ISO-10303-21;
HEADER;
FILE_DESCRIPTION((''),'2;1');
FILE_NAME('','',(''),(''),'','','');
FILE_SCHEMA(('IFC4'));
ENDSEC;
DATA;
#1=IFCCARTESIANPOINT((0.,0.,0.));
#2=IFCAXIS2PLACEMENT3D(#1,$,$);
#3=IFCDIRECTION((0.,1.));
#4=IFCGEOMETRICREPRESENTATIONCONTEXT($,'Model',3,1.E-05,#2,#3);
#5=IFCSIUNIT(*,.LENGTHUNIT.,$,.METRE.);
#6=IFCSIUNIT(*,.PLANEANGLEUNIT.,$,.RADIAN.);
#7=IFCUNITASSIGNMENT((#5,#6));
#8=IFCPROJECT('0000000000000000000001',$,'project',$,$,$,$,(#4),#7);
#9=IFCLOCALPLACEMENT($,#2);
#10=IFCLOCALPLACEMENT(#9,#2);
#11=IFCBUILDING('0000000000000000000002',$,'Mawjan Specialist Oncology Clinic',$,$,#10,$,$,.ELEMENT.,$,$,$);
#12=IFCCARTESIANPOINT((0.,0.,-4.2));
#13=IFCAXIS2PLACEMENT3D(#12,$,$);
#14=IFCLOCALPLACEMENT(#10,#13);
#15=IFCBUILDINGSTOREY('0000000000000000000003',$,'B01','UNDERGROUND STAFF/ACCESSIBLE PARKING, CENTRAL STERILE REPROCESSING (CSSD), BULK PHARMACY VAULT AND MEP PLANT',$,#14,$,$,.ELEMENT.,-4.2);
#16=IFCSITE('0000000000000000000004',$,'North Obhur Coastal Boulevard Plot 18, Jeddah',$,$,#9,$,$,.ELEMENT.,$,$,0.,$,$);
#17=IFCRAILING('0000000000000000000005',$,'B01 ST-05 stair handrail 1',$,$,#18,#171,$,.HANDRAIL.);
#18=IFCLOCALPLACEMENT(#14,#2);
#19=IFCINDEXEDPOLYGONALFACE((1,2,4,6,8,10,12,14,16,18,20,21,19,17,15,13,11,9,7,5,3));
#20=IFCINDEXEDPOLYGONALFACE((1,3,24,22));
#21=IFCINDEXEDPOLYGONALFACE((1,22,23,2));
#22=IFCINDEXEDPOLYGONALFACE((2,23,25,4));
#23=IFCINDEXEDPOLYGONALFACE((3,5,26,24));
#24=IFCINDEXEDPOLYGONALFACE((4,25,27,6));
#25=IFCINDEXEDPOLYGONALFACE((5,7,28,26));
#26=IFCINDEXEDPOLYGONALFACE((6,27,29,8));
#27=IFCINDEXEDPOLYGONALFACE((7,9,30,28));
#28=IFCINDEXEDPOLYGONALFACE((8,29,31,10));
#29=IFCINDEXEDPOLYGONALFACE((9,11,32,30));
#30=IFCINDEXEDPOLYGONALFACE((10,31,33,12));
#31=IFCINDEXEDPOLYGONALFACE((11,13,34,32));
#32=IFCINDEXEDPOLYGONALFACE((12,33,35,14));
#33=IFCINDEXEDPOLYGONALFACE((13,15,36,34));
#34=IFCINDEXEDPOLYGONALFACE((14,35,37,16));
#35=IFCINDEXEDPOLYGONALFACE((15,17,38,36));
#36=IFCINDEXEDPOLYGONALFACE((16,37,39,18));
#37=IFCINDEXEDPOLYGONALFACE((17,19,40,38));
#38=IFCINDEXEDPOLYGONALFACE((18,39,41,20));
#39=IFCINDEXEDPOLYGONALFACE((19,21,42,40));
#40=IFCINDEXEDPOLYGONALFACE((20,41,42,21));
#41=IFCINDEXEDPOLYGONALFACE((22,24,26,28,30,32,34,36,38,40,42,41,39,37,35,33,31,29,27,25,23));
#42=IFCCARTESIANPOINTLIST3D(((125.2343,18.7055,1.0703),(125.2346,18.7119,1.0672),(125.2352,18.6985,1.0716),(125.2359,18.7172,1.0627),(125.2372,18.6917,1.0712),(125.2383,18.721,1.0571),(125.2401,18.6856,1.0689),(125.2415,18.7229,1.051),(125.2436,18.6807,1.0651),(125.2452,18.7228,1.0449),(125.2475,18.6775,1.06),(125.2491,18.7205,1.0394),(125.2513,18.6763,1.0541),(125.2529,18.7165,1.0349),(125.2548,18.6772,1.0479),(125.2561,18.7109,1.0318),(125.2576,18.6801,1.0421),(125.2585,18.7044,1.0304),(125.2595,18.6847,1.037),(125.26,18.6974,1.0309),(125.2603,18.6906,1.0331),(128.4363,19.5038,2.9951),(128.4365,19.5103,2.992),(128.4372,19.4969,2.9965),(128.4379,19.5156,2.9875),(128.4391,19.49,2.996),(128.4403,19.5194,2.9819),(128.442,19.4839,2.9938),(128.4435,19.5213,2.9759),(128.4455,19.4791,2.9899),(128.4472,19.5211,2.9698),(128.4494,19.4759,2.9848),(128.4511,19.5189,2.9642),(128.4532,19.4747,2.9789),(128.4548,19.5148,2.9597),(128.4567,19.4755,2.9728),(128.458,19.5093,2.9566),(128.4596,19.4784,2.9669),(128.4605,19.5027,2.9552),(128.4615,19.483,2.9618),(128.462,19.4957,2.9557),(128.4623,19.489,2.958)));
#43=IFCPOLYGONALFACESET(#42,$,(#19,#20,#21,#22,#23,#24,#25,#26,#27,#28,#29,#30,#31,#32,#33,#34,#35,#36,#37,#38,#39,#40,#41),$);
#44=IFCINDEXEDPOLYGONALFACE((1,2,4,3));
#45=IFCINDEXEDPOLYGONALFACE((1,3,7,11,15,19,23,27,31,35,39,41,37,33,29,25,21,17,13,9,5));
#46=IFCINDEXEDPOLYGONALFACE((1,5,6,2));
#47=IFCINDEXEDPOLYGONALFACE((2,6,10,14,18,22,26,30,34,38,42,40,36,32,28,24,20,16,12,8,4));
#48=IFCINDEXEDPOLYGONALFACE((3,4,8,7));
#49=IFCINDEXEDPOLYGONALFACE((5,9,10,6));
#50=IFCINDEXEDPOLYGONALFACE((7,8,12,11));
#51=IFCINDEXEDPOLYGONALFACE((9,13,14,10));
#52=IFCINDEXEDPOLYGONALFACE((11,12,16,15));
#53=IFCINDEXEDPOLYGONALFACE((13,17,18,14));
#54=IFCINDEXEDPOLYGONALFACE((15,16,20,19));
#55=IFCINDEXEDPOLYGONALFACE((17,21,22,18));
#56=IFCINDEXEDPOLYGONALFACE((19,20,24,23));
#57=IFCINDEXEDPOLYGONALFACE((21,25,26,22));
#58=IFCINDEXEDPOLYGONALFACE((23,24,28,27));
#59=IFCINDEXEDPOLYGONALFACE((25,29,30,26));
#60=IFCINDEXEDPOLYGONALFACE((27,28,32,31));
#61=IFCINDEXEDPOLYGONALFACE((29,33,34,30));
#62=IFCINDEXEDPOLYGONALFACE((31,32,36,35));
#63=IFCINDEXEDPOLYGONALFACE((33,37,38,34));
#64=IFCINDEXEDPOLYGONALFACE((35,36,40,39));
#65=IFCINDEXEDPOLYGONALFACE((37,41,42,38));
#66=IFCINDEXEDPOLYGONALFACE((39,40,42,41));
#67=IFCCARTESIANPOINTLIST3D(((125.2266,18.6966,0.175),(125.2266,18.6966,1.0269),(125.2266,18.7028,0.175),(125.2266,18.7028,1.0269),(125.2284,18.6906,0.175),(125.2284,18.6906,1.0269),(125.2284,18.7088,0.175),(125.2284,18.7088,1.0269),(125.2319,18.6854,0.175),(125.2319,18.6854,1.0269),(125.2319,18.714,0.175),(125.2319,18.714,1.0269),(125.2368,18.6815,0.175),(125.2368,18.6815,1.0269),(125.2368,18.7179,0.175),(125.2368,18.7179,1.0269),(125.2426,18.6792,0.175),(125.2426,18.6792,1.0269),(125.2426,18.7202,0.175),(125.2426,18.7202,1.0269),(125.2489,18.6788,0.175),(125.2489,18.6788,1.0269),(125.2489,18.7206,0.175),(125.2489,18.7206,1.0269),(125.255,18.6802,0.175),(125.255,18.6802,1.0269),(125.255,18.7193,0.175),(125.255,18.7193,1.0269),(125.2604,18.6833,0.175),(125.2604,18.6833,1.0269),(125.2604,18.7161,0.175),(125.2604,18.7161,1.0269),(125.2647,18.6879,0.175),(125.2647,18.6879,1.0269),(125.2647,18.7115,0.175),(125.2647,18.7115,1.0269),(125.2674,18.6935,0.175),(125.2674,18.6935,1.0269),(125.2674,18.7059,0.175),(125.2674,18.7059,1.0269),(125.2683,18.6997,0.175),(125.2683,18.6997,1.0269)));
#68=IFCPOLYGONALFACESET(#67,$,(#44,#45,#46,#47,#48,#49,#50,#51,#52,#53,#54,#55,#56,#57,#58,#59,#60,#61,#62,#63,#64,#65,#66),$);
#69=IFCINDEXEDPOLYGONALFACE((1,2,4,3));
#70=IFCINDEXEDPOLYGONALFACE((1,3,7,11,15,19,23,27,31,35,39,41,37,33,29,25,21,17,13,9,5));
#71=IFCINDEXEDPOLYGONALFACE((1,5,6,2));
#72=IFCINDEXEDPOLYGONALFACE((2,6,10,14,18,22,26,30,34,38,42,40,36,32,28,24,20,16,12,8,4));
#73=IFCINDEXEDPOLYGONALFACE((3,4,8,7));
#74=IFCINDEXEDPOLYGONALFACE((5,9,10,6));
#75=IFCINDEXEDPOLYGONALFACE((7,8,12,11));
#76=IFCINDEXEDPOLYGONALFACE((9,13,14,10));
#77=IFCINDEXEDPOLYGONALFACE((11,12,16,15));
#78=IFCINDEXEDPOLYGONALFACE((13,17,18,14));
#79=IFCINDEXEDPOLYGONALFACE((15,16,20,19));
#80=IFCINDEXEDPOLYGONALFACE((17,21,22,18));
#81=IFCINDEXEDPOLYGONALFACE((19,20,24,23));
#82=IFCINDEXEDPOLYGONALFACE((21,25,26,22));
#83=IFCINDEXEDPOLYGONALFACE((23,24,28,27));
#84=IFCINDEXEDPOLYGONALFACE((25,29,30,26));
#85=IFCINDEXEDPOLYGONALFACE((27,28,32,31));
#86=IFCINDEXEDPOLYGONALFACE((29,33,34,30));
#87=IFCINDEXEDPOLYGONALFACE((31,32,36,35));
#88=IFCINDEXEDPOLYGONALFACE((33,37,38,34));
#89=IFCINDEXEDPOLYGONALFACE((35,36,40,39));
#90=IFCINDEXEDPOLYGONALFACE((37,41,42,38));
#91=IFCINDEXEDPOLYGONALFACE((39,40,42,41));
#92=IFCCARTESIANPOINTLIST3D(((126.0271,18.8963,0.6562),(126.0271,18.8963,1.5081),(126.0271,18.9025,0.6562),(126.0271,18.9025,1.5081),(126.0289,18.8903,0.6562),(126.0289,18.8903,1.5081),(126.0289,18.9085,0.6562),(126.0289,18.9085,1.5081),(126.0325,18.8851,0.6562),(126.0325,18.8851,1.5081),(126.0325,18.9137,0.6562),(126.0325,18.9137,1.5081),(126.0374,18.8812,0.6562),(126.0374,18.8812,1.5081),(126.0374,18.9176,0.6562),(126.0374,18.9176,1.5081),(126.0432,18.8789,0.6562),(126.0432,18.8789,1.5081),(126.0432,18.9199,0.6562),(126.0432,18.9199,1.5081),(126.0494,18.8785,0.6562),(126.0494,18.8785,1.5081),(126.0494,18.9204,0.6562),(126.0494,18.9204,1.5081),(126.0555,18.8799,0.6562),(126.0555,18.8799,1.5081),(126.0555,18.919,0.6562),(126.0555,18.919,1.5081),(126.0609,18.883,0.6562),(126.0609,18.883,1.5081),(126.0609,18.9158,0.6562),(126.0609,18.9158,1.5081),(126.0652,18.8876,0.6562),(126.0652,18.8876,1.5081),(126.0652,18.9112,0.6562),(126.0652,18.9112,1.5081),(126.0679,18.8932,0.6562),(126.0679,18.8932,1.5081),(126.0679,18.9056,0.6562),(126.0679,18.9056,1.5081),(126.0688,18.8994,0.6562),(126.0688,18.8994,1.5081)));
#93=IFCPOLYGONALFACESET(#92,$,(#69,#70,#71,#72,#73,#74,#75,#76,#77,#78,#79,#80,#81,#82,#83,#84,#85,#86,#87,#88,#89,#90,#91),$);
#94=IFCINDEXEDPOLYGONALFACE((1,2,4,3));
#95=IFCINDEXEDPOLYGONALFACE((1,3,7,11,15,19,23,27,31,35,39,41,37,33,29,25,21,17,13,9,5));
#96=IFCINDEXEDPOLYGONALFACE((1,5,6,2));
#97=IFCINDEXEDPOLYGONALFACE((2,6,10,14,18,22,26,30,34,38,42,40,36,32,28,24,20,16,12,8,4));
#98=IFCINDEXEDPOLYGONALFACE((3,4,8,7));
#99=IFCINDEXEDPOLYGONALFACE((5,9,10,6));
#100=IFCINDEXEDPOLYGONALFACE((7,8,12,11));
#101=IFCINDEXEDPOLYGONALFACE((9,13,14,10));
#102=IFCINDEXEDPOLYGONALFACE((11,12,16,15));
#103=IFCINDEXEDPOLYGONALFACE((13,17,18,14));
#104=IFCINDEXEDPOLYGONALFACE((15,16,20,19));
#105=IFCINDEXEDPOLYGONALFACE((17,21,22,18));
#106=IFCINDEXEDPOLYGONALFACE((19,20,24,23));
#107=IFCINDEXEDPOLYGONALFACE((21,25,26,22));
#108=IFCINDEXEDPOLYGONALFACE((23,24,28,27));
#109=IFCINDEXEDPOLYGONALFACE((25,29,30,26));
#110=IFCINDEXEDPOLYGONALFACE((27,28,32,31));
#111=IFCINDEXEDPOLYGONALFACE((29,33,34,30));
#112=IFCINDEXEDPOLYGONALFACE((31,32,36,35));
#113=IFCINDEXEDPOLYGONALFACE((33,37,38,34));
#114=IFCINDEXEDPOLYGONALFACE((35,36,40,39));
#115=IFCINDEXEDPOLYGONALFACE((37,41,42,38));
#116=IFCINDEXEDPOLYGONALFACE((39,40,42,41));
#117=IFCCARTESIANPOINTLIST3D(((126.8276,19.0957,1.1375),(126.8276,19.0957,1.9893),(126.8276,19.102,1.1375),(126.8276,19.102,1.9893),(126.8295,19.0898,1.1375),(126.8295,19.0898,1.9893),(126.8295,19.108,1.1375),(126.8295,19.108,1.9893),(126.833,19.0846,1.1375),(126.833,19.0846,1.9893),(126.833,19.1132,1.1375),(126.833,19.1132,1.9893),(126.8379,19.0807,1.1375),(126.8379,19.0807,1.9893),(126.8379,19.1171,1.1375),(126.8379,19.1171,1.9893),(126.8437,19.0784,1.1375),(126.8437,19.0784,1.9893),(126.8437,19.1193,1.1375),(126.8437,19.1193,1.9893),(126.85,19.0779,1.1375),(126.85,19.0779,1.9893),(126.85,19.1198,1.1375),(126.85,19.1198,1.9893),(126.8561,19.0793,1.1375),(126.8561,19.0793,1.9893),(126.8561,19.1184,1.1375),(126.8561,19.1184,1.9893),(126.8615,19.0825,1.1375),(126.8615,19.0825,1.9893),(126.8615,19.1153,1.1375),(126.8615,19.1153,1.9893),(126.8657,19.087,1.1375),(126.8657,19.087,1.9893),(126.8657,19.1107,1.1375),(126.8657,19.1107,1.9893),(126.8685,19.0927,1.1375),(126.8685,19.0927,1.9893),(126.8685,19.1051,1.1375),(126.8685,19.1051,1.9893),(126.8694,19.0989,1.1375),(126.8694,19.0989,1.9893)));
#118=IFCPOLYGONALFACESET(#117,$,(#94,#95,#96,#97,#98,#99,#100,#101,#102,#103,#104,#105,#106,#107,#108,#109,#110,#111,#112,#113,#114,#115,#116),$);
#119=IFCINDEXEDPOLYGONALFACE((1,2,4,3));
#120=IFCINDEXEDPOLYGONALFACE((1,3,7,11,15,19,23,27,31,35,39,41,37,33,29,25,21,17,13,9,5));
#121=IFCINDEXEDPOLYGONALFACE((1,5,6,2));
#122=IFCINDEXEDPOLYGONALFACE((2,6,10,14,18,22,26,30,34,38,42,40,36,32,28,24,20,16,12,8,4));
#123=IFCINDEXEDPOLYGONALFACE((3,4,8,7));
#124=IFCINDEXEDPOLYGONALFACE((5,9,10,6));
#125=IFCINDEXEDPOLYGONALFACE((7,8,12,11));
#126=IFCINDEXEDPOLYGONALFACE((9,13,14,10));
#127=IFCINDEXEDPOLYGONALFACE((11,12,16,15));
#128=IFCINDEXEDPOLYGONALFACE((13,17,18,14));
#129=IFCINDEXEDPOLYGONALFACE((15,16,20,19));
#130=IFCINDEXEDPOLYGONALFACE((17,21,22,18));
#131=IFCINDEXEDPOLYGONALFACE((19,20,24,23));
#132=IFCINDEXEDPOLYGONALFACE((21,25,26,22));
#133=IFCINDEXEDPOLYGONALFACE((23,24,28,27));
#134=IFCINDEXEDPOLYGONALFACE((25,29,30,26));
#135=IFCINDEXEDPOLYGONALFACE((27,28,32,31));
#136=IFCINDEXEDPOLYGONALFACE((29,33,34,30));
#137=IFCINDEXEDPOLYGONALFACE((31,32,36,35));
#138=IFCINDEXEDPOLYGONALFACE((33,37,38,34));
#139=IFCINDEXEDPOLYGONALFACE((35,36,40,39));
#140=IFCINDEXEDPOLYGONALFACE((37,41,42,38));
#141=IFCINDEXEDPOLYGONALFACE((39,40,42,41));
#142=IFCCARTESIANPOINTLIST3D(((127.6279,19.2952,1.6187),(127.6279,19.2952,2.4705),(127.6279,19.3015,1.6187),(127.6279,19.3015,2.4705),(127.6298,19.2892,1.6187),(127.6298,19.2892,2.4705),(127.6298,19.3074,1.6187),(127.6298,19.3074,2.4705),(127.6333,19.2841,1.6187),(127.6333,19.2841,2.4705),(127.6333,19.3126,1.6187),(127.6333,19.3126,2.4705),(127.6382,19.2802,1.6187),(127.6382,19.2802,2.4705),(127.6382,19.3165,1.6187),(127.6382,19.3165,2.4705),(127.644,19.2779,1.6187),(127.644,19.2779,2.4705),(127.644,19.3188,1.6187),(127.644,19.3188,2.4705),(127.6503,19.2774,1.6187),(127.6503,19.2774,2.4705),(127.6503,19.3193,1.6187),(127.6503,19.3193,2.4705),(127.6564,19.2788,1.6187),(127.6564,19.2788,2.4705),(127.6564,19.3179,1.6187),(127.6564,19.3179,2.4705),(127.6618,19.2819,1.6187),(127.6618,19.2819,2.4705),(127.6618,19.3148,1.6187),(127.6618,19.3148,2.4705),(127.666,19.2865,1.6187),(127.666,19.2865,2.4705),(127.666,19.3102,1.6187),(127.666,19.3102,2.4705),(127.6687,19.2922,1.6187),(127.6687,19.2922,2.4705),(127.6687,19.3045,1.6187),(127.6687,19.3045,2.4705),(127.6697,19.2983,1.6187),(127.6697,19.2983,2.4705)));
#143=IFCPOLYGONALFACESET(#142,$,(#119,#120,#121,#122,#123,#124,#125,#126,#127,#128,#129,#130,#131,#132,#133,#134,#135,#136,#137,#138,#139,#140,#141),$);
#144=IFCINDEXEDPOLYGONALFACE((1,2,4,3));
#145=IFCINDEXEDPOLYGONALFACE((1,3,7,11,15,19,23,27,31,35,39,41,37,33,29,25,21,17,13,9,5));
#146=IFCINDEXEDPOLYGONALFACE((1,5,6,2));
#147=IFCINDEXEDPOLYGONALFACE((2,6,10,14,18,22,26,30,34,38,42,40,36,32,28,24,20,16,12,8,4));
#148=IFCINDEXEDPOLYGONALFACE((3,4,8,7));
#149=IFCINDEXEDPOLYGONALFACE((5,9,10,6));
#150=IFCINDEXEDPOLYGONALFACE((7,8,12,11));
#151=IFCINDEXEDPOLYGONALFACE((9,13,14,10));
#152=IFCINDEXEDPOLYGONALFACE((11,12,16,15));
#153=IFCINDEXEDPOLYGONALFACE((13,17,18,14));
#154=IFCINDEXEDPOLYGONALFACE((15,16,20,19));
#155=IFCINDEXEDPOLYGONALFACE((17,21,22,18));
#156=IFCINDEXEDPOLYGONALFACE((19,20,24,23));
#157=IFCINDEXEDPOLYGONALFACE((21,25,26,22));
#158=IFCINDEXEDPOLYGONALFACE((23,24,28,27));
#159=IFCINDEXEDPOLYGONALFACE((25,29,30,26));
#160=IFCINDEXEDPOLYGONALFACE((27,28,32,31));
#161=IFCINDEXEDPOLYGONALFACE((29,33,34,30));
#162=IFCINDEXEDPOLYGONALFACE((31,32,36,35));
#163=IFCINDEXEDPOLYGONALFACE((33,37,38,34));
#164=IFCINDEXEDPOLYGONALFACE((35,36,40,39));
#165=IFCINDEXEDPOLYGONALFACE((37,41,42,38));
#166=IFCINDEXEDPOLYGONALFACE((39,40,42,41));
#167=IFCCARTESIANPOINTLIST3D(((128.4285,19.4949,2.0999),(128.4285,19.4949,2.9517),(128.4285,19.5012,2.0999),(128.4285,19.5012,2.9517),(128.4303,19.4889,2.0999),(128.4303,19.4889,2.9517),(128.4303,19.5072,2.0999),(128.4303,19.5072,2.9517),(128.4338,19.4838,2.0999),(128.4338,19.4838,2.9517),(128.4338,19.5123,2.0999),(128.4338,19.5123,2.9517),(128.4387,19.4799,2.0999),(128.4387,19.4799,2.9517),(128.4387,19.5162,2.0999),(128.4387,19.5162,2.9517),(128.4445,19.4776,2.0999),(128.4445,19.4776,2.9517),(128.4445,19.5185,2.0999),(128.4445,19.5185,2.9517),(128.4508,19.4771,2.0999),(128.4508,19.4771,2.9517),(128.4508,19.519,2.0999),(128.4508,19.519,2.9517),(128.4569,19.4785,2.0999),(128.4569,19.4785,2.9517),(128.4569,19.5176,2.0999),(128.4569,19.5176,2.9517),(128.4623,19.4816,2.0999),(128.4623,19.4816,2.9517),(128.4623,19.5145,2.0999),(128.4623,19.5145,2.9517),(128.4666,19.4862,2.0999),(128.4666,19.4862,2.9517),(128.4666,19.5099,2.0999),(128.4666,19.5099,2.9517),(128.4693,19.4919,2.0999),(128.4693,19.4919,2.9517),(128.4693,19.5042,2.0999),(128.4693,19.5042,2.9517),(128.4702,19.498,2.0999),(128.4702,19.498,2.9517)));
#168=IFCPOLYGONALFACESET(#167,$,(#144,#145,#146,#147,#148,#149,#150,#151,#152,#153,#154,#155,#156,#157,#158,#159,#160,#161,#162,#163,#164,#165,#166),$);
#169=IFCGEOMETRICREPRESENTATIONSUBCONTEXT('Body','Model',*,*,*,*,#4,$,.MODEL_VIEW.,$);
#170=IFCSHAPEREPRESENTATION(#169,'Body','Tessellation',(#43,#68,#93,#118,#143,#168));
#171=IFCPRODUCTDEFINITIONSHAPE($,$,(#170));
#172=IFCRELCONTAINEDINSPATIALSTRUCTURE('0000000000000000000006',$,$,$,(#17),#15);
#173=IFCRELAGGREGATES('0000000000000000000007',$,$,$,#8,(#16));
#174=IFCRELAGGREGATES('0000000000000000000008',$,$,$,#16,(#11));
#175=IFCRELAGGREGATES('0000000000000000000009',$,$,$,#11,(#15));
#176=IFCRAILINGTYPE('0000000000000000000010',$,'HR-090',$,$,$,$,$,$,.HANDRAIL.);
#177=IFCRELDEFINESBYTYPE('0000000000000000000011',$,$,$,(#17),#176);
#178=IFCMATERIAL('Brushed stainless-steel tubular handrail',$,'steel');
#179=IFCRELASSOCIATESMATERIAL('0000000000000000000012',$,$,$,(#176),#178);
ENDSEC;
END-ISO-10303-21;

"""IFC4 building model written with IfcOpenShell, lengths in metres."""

from ifc_helpers import new_model, si_unit, direction, frame, origin, origin_2d, place, context, subcontext, project, spatial, circle, extrude, material, type_object, element, save


model = new_model("IFC4")

# Units and contexts
model_context = context("Model", 3, precision=1e-05, world=origin(), true_north=direction((0.0, 1.0)))
body_context = subcontext(model_context, "Body", "Model", "MODEL_VIEW")
ifc_project = project(units=[si_unit("LENGTHUNIT", "METRE"), si_unit("PLANEANGLEUNIT", "RADIAN")], contexts=[model_context])

# Site, building, storey
site_placement = place(None, origin())
site = spatial("IfcSite", under=ifc_project, at=site_placement, Name="North Obhur Coastal Boulevard Plot 18, Jeddah", CompositionType="ELEMENT", RefElevation=0.0)
building_placement = place(site_placement, origin())
building = spatial("IfcBuilding", under=site, at=building_placement, Name="Mawjan Specialist Oncology Clinic", CompositionType="ELEMENT")
storey_placement = place(building_placement, frame((0.0, 0.0, -4.2)))
storey = spatial("IfcBuildingStorey", under=building, at=storey_placement, Name="B01", Description="UNDERGROUND STAFF/ACCESSIBLE PARKING, CENTRAL STERILE REPROCESSING (CSSD), BULK PHARMACY VAULT AND MEP PLANT", CompositionType="ELEMENT", Elevation=-4.2)

# Railing
ifc_material_1 = material(Name="Brushed stainless-steel tubular handrail", Category="steel")
railing_type_1 = type_object("IfcRailingType", Name="HR-090", PredefinedType="HANDRAIL", material=ifc_material_1)
railing_1_placement = place(storey_placement, frame((125.2473, 18.6997, 0.175)))
element("IfcRailing", 1, at=railing_1_placement, inside=storey, type_object=railing_type_1, Name="B01 ST-05 stair handrail 1", PredefinedType="HANDRAIL", context=body_context, shape_type="SweptSolid", body=[
    extrude(circle(Radius=0.0239, at=origin_2d()), frame((0.0, 0.0, 0.876), z_axis=(0.838137, 0.208975, 0.503841), x_axis=(-0.241926, 0.970295, 0.0)), (0.0, 0.0, 1.0), 3.8203),
    extrude(circle(Radius=0.021, at=origin_2d()), origin(), (0.0, 0.0, 1.0), 0.8518),
    extrude(circle(Radius=0.021, at=origin_2d()), frame((0.8005, 0.1997, 0.4812)), (0.0, 0.0, 1.0), 0.8518),
    extrude(circle(Radius=0.021, at=origin_2d()), frame((1.6011, 0.3992, 0.9624)), (0.0, 0.0, 1.0), 0.8518),
    extrude(circle(Radius=0.021, at=origin_2d()), frame((2.4014, 0.5986, 1.4436)), (0.0, 0.0, 1.0), 0.8518),
    extrude(circle(Radius=0.021, at=origin_2d()), frame((3.2019, 0.7983, 1.9248)), (0.0, 0.0, 1.0), 0.8518),
])

save(model, "model.ifc")
